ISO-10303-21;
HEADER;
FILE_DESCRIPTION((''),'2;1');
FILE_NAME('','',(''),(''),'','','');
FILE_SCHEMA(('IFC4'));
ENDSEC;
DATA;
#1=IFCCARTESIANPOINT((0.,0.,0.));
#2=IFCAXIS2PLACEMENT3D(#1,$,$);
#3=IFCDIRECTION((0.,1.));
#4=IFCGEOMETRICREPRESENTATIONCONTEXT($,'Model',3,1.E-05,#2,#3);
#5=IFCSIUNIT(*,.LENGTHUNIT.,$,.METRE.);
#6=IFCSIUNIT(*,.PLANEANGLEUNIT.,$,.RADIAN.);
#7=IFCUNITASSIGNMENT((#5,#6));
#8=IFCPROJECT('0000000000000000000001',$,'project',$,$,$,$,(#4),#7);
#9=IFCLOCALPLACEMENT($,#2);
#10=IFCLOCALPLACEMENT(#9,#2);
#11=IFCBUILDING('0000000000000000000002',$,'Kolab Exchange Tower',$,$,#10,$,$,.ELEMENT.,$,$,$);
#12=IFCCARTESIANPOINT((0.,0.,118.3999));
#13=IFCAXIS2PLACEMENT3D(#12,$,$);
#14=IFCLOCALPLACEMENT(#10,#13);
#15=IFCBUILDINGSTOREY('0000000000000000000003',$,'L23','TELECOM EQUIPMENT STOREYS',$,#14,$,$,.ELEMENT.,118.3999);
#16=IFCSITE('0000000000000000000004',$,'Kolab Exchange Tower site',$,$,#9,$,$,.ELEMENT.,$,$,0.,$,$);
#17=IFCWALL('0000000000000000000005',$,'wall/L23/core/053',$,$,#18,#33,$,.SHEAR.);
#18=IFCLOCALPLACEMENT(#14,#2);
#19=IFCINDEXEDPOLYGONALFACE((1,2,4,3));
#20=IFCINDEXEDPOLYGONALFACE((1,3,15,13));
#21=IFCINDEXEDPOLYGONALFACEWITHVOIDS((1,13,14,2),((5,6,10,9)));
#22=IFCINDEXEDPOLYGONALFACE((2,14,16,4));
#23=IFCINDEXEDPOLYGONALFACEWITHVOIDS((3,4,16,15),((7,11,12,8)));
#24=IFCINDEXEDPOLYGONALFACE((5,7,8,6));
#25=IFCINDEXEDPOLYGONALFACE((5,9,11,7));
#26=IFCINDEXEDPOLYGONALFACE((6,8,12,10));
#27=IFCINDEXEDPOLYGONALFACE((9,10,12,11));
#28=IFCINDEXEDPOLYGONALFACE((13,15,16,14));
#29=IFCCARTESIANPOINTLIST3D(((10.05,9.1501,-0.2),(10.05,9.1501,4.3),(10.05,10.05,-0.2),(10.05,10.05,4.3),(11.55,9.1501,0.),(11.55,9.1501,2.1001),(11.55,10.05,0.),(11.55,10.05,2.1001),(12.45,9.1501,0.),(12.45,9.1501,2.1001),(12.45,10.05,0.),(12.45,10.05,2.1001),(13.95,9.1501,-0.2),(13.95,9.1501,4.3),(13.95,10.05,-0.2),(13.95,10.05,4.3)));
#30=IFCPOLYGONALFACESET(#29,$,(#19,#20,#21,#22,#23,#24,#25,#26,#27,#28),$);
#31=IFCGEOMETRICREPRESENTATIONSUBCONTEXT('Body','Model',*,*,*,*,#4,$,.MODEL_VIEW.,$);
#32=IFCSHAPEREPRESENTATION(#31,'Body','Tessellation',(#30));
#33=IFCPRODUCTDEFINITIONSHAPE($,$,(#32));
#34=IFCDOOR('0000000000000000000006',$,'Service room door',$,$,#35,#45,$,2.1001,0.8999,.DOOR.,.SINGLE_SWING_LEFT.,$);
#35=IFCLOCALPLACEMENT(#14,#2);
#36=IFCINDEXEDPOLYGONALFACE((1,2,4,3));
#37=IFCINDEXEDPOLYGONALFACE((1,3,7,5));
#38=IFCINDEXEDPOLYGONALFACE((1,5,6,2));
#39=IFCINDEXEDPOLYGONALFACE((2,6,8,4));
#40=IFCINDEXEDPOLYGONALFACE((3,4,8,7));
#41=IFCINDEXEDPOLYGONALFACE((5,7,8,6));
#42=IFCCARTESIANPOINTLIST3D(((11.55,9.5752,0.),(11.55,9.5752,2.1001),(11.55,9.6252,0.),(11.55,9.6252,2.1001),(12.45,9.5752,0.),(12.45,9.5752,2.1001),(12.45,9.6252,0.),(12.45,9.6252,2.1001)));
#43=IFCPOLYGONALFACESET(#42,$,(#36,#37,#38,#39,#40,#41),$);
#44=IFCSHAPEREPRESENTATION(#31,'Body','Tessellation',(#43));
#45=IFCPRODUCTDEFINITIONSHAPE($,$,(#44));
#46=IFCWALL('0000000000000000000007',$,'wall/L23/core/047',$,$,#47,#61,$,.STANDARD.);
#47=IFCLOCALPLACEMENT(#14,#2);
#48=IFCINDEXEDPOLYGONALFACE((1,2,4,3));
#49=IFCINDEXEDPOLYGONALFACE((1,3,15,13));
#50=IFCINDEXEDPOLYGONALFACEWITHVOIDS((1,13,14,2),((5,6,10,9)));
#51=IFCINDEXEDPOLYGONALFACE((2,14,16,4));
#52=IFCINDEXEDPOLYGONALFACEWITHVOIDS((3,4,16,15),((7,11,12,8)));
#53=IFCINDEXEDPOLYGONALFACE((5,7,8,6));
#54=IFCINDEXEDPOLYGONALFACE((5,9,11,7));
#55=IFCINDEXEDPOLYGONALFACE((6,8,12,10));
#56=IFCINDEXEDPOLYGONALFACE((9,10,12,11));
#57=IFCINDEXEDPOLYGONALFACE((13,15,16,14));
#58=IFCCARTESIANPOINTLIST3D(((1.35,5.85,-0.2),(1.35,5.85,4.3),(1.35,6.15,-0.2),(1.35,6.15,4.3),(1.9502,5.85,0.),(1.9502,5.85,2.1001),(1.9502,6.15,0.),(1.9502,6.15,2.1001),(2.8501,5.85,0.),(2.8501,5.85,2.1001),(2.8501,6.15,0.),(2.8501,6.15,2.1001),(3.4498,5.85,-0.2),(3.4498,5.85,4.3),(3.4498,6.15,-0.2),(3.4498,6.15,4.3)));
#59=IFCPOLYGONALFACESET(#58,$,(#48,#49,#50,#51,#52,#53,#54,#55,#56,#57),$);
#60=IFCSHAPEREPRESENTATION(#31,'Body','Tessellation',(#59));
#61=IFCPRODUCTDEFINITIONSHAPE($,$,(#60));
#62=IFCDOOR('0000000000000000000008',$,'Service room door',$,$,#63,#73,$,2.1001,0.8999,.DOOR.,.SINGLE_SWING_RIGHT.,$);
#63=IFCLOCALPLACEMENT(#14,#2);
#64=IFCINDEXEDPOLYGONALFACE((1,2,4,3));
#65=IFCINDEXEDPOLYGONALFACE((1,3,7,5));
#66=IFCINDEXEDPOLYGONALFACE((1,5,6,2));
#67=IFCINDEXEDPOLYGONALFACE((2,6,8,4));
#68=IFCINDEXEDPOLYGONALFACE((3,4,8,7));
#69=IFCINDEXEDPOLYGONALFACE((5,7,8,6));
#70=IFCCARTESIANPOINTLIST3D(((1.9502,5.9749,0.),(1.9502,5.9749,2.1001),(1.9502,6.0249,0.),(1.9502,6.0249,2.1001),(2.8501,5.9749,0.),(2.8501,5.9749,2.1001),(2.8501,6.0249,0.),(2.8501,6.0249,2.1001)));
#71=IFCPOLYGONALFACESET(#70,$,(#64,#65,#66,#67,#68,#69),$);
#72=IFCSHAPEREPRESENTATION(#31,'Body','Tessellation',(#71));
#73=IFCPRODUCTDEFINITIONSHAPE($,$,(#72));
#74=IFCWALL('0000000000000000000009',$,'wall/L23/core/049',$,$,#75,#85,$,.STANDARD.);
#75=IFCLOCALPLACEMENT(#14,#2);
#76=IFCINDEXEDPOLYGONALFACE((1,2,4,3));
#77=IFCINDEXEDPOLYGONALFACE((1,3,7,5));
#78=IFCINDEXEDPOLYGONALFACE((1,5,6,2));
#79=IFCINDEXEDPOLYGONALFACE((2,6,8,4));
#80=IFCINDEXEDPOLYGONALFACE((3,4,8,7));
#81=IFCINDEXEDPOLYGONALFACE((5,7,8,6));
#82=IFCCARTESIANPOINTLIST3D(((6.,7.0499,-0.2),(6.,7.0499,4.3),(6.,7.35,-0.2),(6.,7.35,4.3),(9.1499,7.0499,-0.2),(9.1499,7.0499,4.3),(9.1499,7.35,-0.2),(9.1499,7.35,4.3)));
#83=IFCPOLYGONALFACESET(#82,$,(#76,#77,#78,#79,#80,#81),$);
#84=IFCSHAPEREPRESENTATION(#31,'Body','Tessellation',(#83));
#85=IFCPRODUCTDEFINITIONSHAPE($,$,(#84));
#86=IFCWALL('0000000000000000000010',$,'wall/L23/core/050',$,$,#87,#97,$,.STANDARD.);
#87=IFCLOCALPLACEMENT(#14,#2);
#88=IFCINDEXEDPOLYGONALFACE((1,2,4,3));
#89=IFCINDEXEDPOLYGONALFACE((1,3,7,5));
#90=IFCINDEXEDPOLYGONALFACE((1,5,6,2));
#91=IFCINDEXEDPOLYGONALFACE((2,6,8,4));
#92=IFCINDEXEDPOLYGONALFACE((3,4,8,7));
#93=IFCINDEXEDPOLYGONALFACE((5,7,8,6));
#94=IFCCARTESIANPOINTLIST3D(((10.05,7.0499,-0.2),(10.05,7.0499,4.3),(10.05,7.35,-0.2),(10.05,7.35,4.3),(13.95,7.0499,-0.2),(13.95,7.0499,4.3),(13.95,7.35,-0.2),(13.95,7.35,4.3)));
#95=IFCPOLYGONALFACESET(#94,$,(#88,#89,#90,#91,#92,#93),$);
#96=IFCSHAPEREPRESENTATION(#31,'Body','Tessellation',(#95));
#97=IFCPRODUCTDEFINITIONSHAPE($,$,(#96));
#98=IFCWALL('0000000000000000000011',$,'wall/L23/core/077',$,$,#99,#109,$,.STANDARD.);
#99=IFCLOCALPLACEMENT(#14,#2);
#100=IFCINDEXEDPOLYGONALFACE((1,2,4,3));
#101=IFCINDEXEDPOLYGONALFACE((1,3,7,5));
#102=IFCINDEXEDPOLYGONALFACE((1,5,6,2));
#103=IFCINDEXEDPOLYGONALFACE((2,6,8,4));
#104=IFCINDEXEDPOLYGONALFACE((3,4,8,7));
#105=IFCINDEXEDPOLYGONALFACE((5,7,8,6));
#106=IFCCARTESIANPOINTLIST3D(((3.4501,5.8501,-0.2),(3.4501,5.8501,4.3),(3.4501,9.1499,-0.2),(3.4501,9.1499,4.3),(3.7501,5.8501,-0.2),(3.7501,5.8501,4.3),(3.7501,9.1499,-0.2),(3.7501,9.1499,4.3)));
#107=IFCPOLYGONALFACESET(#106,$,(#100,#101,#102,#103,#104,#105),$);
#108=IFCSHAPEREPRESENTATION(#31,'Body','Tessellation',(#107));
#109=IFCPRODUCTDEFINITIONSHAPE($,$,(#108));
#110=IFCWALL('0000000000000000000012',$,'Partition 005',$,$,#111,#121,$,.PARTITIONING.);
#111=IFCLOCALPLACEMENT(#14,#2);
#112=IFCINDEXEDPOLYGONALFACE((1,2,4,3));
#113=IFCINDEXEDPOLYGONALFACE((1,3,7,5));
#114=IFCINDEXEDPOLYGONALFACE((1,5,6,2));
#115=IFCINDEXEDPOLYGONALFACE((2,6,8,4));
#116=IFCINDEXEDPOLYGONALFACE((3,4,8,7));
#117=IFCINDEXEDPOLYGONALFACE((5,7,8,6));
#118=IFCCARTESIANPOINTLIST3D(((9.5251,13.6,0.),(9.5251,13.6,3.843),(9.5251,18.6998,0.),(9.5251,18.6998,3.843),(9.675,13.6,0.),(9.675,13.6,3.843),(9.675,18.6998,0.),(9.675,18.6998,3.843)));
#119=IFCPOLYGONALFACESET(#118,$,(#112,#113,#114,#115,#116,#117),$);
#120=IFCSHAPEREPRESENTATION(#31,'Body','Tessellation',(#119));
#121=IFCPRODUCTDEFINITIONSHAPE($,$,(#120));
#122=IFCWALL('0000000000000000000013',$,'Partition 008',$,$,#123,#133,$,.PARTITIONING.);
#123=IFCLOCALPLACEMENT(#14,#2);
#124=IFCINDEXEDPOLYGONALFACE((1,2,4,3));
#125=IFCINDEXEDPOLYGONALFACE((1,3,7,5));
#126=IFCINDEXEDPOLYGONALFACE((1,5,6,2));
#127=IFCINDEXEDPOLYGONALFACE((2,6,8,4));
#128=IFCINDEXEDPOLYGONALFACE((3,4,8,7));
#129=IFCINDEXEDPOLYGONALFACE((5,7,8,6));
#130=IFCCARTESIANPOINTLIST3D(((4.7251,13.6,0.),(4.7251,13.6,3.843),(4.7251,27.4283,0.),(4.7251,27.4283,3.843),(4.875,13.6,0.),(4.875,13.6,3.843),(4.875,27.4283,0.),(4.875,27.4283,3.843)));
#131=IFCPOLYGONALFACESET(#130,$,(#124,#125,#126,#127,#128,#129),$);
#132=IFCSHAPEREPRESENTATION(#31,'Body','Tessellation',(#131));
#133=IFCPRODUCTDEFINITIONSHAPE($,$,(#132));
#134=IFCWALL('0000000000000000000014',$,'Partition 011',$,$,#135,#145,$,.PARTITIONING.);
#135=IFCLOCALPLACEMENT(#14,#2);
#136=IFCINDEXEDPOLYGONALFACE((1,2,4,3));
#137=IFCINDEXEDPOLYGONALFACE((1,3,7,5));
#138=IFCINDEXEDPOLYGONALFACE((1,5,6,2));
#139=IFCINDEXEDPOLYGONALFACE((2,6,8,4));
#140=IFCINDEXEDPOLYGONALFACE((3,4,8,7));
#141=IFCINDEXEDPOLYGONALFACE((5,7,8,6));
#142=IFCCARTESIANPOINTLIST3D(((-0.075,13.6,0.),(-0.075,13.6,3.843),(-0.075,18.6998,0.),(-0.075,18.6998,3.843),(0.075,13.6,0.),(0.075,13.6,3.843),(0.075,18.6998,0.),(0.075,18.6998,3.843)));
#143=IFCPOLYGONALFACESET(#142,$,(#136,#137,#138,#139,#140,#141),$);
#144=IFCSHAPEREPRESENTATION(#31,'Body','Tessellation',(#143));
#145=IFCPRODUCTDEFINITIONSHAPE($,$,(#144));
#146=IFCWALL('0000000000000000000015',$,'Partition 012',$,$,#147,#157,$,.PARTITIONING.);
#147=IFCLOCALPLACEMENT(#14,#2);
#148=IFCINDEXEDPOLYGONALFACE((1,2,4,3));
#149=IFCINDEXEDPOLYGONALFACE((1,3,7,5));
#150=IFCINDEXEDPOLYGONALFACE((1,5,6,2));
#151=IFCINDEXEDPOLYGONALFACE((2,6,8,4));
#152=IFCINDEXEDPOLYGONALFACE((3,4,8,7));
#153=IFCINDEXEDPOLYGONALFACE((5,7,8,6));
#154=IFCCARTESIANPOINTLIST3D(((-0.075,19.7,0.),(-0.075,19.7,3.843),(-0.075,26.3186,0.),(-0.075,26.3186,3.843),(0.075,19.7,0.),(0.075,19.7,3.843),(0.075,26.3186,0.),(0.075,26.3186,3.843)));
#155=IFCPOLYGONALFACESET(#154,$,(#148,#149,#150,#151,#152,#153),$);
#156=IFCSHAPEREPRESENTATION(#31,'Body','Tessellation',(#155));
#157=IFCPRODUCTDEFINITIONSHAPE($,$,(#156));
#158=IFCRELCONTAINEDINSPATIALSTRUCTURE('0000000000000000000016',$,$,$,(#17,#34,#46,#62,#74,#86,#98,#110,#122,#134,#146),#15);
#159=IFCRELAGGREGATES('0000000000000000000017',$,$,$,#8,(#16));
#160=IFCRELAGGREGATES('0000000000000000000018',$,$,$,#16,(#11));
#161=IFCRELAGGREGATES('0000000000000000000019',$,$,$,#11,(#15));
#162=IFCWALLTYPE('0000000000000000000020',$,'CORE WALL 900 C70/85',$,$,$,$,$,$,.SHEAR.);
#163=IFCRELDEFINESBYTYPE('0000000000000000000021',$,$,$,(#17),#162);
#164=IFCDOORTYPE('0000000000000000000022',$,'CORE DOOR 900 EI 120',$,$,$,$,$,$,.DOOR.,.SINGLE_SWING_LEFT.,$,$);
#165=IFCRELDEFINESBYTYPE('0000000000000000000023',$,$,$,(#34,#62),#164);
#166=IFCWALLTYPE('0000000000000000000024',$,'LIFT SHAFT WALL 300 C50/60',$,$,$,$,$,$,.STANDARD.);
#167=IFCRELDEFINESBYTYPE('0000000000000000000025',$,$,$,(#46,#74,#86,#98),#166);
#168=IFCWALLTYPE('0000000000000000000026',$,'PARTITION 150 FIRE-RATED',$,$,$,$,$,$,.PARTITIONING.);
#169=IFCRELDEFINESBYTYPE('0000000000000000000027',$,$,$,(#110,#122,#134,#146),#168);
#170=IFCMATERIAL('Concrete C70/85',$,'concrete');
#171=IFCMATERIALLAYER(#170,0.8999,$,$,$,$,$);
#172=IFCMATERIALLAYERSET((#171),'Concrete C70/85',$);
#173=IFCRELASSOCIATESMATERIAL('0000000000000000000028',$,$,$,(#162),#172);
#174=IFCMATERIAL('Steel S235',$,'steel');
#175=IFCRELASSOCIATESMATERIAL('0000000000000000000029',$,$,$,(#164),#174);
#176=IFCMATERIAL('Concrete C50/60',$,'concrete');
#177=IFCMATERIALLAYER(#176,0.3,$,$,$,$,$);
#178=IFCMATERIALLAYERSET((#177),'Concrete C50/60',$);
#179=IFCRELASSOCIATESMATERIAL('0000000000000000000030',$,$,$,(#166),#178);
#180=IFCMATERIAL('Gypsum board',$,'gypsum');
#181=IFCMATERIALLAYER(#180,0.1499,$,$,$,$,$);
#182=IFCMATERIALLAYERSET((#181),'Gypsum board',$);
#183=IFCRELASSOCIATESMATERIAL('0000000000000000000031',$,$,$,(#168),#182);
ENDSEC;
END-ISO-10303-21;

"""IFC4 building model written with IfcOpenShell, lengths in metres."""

from ifc_helpers import new_model, si_unit, direction, frame, frame_2d, origin, place, context, subcontext, project, spatial, rectangle, extrude, material, layer, layer_set, type_object, element, fill, save


model = new_model("IFC4")

# Units and contexts
model_context = context("Model", 3, precision=1e-05, world=origin(), true_north=direction((0.0, 1.0)))
body_context = subcontext(model_context, "Body", "Model", "MODEL_VIEW")
ifc_project = project(units=[si_unit("LENGTHUNIT", "METRE"), si_unit("PLANEANGLEUNIT", "RADIAN")], contexts=[model_context])

# Site, building, storey
site_placement = place(None, origin())
site = spatial("IfcSite", under=ifc_project, at=site_placement, Name="Kolab Exchange Tower site", CompositionType="ELEMENT", RefElevation=0.0)
building_placement = place(site_placement, origin())
building = spatial("IfcBuilding", under=site, at=building_placement, Name="Kolab Exchange Tower", CompositionType="ELEMENT")
storey_placement = place(building_placement, frame((0.0, 0.0, 118.3999)))
storey = spatial("IfcBuildingStorey", under=building, at=storey_placement, Name="L23", Description="TELECOM EQUIPMENT STOREYS", CompositionType="ELEMENT", Elevation=118.3999)

# Shared definitions
ifc_material_1 = material(Name="Concrete C70/85", Category="concrete")

# Walls, openings, doors
ifc_layer_1 = layer(ifc_material_1, 0.8999)
ifc_layer_set_1 = layer_set([ifc_layer_1], Name="Concrete C70/85")
wall_type_1 = type_object("IfcWallType", Name="CORE WALL 900 C70/85", PredefinedType="SHEAR", material=ifc_layer_set_1)
wall_1_placement = place(storey_placement, frame((10.05, 9.6001, -0.2), z_axis=(0.0, 0.0, 1.0), x_axis=(1.0, 0.0, 0.0)))
wall_1 = element("IfcWall", 1, at=wall_1_placement, inside=storey, type_object=wall_type_1, Name="wall/L23/core/053", PredefinedType="SHEAR", context=body_context, shape_type="SweptSolid", body=[
    extrude(rectangle(XDim=3.8999, YDim=0.8999, at=frame_2d((1.95, 0.0))), origin(), (0.0, 0.0, 1.0), 4.5),
])
opening_1_placement = place(wall_1_placement, frame((1.5, 0.0, 0.2)))
opening_1 = element("IfcOpeningElement", 2, at=opening_1_placement, cuts=wall_1, PredefinedType="OPENING", context=body_context, shape_type="SweptSolid", body=[
    extrude(rectangle(XDim=0.8999, YDim=2.1001, at=frame_2d((0.45, 1.05))), frame((0.0, 0.46, 0.0), z_axis=(0.0, -1.0, 0.0), x_axis=(1.0, 0.0, 0.0)), (0.0, 0.0, 1.0), 0.9199),
])
ifc_material_2 = material(Name="Steel S235", Category="steel")
door_type_1 = type_object("IfcDoorType", Name="CORE DOOR 900 EI 120", OperationType="SINGLE_SWING_LEFT", PredefinedType="DOOR", material=ifc_material_2)
door_1_placement = place(opening_1_placement, frame((0.8999, 0.0, 0.0), z_axis=(0.0, 0.0, 1.0), x_axis=(-1.0, 0.0, 0.0)))
door_1 = element("IfcDoor", 3, at=door_1_placement, inside=storey, type_object=door_type_1, Name="Service room door", OperationType="SINGLE_SWING_LEFT", OverallHeight=2.1001, OverallWidth=0.8999, PredefinedType="DOOR", context=body_context, shape_type="SweptSolid", body=[
    extrude(rectangle(XDim=0.8999, YDim=2.1001, at=frame_2d((0.45, 1.05))), frame((0.0, 0.0249, 0.0), z_axis=(0.0, -1.0, 0.0), x_axis=(1.0, 0.0, 0.0)), (0.0, 0.0, 1.0), 0.05),
])
fill(opening_1, door_1)
ifc_material_3 = material(Name="Concrete C50/60", Category="concrete")
ifc_layer_2 = layer(ifc_material_3, 0.3)
ifc_layer_set_2 = layer_set([ifc_layer_2], Name="Concrete C50/60")
wall_type_2 = type_object("IfcWallType", Name="LIFT SHAFT WALL 300 C50/60", PredefinedType="STANDARD", material=ifc_layer_set_2)
wall_2_placement = place(storey_placement, frame((1.3501, 6.0, -0.2), z_axis=(0.0, 0.0, 1.0), x_axis=(1.0, 0.0, 0.0)))
wall_2 = element("IfcWall", 4, at=wall_2_placement, inside=storey, type_object=wall_type_2, Name="wall/L23/core/047", PredefinedType="STANDARD", context=body_context, shape_type="SweptSolid", body=[
    extrude(rectangle(XDim=2.0999, YDim=0.3, at=frame_2d((1.0498, 0.0))), origin(), (0.0, 0.0, 1.0), 4.5),
])
opening_2_placement = place(wall_2_placement, frame((0.6001, 0.0, 0.2)))
opening_2 = element("IfcOpeningElement", 5, at=opening_2_placement, cuts=wall_2, PredefinedType="OPENING", context=body_context, shape_type="SweptSolid", body=[
    extrude(rectangle(XDim=0.8999, YDim=2.1001, at=frame_2d((0.45, 1.05))), frame((0.0, 0.1602, 0.0), z_axis=(0.0, -1.0, 0.0), x_axis=(1.0, 0.0, 0.0)), (0.0, 0.0, 1.0), 0.3201),
])
door_2_placement = place(opening_2_placement, origin())
door_2 = element("IfcDoor", 6, at=door_2_placement, inside=storey, type_object=door_type_1, Name="Service room door", OperationType="SINGLE_SWING_RIGHT", OverallHeight=2.1001, OverallWidth=0.8999, PredefinedType="DOOR", context=body_context, shape_type="SweptSolid", body=[
    extrude(rectangle(XDim=0.8999, YDim=2.1001, at=frame_2d((0.45, 1.05))), frame((0.0, 0.0249, 0.0), z_axis=(0.0, -1.0, 0.0), x_axis=(1.0, 0.0, 0.0)), (0.0, 0.0, 1.0), 0.05),
])
fill(opening_2, door_2)

# Walls
wall_3_placement = place(storey_placement, frame((6.0, 7.2, -0.2), z_axis=(0.0, 0.0, 1.0), x_axis=(1.0, 0.0, 0.0)))
element("IfcWall", 7, at=wall_3_placement, inside=storey, type_object=wall_type_2, Name="wall/L23/core/049", PredefinedType="STANDARD", context=body_context, shape_type="SweptSolid", body=[
    extrude(rectangle(XDim=3.1499, YDim=0.3, at=frame_2d((1.575, 0.0))), origin(), (0.0, 0.0, 1.0), 4.5),
])
wall_4_placement = place(storey_placement, frame((10.05, 7.2, -0.2), z_axis=(0.0, 0.0, 1.0), x_axis=(1.0, 0.0, 0.0)))
element("IfcWall", 8, at=wall_4_placement, inside=storey, type_object=wall_type_2, Name="wall/L23/core/050", PredefinedType="STANDARD", context=body_context, shape_type="SweptSolid", body=[
    extrude(rectangle(XDim=3.8999, YDim=0.3, at=frame_2d((1.95, 0.0))), origin(), (0.0, 0.0, 1.0), 4.5),
])
wall_5_placement = place(storey_placement, frame((3.6001, 5.8501, -0.2), z_axis=(0.0, 0.0, 1.0), x_axis=(0.0, 1.0, 0.0)))
element("IfcWall", 9, at=wall_5_placement, inside=storey, type_object=wall_type_2, Name="wall/L23/core/077", PredefinedType="STANDARD", context=body_context, shape_type="SweptSolid", body=[
    extrude(rectangle(XDim=3.2998, YDim=0.3, at=frame_2d((1.6499, 0.0))), origin(), (0.0, 0.0, 1.0), 4.5),
])
ifc_material_4 = material(Name="Gypsum board", Category="gypsum")
ifc_layer_3 = layer(ifc_material_4, 0.1499)
ifc_layer_set_3 = layer_set([ifc_layer_3], Name="Gypsum board")
wall_type_3 = type_object("IfcWallType", Name="PARTITION 150 FIRE-RATED", PredefinedType="PARTITIONING", material=ifc_layer_set_3)
wall_6_placement = place(storey_placement, frame((9.6001, 13.6001, 0.0), z_axis=(0.0, 0.0, 1.0), x_axis=(0.0, 1.0, 0.0)))
element("IfcWall", 10, at=wall_6_placement, inside=storey, type_object=wall_type_3, Name="Partition 005", PredefinedType="PARTITIONING", context=body_context, shape_type="SweptSolid", body=[
    extrude(rectangle(XDim=5.0999, YDim=0.1499, at=frame_2d((2.5498, 0.0))), origin(), (0.0, 0.0, 1.0), 3.843),
])
wall_7_placement = place(storey_placement, frame((4.8, 13.6001, 0.0), z_axis=(0.0, 0.0, 1.0), x_axis=(0.0, 1.0, 0.0)))
element("IfcWall", 11, at=wall_7_placement, inside=storey, type_object=wall_type_3, Name="Partition 008", PredefinedType="PARTITIONING", context=body_context, shape_type="SweptSolid", body=[
    extrude(rectangle(XDim=13.8284, YDim=0.1499, at=frame_2d((6.9141, 0.0))), origin(), (0.0, 0.0, 1.0), 3.843),
])
wall_8_placement = place(storey_placement, frame((0.0, 13.6001, 0.0), z_axis=(0.0, 0.0, 1.0), x_axis=(0.0, 1.0, 0.0)))
element("IfcWall", 12, at=wall_8_placement, inside=storey, type_object=wall_type_3, Name="Partition 011", PredefinedType="PARTITIONING", context=body_context, shape_type="SweptSolid", body=[
    extrude(rectangle(XDim=5.0999, YDim=0.1499, at=frame_2d((2.5498, 0.0))), origin(), (0.0, 0.0, 1.0), 3.843),
])
wall_9_placement = place(storey_placement, frame((0.0, 19.7, 0.0), z_axis=(0.0, 0.0, 1.0), x_axis=(0.0, 1.0, 0.0)))
element("IfcWall", 13, at=wall_9_placement, inside=storey, type_object=wall_type_3, Name="Partition 012", PredefinedType="PARTITIONING", context=body_context, shape_type="SweptSolid", body=[
    extrude(rectangle(XDim=6.6187, YDim=0.1499, at=frame_2d((3.3093, 0.0))), origin(), (0.0, 0.0, 1.0), 3.843),
])

save(model, "model.ifc")
